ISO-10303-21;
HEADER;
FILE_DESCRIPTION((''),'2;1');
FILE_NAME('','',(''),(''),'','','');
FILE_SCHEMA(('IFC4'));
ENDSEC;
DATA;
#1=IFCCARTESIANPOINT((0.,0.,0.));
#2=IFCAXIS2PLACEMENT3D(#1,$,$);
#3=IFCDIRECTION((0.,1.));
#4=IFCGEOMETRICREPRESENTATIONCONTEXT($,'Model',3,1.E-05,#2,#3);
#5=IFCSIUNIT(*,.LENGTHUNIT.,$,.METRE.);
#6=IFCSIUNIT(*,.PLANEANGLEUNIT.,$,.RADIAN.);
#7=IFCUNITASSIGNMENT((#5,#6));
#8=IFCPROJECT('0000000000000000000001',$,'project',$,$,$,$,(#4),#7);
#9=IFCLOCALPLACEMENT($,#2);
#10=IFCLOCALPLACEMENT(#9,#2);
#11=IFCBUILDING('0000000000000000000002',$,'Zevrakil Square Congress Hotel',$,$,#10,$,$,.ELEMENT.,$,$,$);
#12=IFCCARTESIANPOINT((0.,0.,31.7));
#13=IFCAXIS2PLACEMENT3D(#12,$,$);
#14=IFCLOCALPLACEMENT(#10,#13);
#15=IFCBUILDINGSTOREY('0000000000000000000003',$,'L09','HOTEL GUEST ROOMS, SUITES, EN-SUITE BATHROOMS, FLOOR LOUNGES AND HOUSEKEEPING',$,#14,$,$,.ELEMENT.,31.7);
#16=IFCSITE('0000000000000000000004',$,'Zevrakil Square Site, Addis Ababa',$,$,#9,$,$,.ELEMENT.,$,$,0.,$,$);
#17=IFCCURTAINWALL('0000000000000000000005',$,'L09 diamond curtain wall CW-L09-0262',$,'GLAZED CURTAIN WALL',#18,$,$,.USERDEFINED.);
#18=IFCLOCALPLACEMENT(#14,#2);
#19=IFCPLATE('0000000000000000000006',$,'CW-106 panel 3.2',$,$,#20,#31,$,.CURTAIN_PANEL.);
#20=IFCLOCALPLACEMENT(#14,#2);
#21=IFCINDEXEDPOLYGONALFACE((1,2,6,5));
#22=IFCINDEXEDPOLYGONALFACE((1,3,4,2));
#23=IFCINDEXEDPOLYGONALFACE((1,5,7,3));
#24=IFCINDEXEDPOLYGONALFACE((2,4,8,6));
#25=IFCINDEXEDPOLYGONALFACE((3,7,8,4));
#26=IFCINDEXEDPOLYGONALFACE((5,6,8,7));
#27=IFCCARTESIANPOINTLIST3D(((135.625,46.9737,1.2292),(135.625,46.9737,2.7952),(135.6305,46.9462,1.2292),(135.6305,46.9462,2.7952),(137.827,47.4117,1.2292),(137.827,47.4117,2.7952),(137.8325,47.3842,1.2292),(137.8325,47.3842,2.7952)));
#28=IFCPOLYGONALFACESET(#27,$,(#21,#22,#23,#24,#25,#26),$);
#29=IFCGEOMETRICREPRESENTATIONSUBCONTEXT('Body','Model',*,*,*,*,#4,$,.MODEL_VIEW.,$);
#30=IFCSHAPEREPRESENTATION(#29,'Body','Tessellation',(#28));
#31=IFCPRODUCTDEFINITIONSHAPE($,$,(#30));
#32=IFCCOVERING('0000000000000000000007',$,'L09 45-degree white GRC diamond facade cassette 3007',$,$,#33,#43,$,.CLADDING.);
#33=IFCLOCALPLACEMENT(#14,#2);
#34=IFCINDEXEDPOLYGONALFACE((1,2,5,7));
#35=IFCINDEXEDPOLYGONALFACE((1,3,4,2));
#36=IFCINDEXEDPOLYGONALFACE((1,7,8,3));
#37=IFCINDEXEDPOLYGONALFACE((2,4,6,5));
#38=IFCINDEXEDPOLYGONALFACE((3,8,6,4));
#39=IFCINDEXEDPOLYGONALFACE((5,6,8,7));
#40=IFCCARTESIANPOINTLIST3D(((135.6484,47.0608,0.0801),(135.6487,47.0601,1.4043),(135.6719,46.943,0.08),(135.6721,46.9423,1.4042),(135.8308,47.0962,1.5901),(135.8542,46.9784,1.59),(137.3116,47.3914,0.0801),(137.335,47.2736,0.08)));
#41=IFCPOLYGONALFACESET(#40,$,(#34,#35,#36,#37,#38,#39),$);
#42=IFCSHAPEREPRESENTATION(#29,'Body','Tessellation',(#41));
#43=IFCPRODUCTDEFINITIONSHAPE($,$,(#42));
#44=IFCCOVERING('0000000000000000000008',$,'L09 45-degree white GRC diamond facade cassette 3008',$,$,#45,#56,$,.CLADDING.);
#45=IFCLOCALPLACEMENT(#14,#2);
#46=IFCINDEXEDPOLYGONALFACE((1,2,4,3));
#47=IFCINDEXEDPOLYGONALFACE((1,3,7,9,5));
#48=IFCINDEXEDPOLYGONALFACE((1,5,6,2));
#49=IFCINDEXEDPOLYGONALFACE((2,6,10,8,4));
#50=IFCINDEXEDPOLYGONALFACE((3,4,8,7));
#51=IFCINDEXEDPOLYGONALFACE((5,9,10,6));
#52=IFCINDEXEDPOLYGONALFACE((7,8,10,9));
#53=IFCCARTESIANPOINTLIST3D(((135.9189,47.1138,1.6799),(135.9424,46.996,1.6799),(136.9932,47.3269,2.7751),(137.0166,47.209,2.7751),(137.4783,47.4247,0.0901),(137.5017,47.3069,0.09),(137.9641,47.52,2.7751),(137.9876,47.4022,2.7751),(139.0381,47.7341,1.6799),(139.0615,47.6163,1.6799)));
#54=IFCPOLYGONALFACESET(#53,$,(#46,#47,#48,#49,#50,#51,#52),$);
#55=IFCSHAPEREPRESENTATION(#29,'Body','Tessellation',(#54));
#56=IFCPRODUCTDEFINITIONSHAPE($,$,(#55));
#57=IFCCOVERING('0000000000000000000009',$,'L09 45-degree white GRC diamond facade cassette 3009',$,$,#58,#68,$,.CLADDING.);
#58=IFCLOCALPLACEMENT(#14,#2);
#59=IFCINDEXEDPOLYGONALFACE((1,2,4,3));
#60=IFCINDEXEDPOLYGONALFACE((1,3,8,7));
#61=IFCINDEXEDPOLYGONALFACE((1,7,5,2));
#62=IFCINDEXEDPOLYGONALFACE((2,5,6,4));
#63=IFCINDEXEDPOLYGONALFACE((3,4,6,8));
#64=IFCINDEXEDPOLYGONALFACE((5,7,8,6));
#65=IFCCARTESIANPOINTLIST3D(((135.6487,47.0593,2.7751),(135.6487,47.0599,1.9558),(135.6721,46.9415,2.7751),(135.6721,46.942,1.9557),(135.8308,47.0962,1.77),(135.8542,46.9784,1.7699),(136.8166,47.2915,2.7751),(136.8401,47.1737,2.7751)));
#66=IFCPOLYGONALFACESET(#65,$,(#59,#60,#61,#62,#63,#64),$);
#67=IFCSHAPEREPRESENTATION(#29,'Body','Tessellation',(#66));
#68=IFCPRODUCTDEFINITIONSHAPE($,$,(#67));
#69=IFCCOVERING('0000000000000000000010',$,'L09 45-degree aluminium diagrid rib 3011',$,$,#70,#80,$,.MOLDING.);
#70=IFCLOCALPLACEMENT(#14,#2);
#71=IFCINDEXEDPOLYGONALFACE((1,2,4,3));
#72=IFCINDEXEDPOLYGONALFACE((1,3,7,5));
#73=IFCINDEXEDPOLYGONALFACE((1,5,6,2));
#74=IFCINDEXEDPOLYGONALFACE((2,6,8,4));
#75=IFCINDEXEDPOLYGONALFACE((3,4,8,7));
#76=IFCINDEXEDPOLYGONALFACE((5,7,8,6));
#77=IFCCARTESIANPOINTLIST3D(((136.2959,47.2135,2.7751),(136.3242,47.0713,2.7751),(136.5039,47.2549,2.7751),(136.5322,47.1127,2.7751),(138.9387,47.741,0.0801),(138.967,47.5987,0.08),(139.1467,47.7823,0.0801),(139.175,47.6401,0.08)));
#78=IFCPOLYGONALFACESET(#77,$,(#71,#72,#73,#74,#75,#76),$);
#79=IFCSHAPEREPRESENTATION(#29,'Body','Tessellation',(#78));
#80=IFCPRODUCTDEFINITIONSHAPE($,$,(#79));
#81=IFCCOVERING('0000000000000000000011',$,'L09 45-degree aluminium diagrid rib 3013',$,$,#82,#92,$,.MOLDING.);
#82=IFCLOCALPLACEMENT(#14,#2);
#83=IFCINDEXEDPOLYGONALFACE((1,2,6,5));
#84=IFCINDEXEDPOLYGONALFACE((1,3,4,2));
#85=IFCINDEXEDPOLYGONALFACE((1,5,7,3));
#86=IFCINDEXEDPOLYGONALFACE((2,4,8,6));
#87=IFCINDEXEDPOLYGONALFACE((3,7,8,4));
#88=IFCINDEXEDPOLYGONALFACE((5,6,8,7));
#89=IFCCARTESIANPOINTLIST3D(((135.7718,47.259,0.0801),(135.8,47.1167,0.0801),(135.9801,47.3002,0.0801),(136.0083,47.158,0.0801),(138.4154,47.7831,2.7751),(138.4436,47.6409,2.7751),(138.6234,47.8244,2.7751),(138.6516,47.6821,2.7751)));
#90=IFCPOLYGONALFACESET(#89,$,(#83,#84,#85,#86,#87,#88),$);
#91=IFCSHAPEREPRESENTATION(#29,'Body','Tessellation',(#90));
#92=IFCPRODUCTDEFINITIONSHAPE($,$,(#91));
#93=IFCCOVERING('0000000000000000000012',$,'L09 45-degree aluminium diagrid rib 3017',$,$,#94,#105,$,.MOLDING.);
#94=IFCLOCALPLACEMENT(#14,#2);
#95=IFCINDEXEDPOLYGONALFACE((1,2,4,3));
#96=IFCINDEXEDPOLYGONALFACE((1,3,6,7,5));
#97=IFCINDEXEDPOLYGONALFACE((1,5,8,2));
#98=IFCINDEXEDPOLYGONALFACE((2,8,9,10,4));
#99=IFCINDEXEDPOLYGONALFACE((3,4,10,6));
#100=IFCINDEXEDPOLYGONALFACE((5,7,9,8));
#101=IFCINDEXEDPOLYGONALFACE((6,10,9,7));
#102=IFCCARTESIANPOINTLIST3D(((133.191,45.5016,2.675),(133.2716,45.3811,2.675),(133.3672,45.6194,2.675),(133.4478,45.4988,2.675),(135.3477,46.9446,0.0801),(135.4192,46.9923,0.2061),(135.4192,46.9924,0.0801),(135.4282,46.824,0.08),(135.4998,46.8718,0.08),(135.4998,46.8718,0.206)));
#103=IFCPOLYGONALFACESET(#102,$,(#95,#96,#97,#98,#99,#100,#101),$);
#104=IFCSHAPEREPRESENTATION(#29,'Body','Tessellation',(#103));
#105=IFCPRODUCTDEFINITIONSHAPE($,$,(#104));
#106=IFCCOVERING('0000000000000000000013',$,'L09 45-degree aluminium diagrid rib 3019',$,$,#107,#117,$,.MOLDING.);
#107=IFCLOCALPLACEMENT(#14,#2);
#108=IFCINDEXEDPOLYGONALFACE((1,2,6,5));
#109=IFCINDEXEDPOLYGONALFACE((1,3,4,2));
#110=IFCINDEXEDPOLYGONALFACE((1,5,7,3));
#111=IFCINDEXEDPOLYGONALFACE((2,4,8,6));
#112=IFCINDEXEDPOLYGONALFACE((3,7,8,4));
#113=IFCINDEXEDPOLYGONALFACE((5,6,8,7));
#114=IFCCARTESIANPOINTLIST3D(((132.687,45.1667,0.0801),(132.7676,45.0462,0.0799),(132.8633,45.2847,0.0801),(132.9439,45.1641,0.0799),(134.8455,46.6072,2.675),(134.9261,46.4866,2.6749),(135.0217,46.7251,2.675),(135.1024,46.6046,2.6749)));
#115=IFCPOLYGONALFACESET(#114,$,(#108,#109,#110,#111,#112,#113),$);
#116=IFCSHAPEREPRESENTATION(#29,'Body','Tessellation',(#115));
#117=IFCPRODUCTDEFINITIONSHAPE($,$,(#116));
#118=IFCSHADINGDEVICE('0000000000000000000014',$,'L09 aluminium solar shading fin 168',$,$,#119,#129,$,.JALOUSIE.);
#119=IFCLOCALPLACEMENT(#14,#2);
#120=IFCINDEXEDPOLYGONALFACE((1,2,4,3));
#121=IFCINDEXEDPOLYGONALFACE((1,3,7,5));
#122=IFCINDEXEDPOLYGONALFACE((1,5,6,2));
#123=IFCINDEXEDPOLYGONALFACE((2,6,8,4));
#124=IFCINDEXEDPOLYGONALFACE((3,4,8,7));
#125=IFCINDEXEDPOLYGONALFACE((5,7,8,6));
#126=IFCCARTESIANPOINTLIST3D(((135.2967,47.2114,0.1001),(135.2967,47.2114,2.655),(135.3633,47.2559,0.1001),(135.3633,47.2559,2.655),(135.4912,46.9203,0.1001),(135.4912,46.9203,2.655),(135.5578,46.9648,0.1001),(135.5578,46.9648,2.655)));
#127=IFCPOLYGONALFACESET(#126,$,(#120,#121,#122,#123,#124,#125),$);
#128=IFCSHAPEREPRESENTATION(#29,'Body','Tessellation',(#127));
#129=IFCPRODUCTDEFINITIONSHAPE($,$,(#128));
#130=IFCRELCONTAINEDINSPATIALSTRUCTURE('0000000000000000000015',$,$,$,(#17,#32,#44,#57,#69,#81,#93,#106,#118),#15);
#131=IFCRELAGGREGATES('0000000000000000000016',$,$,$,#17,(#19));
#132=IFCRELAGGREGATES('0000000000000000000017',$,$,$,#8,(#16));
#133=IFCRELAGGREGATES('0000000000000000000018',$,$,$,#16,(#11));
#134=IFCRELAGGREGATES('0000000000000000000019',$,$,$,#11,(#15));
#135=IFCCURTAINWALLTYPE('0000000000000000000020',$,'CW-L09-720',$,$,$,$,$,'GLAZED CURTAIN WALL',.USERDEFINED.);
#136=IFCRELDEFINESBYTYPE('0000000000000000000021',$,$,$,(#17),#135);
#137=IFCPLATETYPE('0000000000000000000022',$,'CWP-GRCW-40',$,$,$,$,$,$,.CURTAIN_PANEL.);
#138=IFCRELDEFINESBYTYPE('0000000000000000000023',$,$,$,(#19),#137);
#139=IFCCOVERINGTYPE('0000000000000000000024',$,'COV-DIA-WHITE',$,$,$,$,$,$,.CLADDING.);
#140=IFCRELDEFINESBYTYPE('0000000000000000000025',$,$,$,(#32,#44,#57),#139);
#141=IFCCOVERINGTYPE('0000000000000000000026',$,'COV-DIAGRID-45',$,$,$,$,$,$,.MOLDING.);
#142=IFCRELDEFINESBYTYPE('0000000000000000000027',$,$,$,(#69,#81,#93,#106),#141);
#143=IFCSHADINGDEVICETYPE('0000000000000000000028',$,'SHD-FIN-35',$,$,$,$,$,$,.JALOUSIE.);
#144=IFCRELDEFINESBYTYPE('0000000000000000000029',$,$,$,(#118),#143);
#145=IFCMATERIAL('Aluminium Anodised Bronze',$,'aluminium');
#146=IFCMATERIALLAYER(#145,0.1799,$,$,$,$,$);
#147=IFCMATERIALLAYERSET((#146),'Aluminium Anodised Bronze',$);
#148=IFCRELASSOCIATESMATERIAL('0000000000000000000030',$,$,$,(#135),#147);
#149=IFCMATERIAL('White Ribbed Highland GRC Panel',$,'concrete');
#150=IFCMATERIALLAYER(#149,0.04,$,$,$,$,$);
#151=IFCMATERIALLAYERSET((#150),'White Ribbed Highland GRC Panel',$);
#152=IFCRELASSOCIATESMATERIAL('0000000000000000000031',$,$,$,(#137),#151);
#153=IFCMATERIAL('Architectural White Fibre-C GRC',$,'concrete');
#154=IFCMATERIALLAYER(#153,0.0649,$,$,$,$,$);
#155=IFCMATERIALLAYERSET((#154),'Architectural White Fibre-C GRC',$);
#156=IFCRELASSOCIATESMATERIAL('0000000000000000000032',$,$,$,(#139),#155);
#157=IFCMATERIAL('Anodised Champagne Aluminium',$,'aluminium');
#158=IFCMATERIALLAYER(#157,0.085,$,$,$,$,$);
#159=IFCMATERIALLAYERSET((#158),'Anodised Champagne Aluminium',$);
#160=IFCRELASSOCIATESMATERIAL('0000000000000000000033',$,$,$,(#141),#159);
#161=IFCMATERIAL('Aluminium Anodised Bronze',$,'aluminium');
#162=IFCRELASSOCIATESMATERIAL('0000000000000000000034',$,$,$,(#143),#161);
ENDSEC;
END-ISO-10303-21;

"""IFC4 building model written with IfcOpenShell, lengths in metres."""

from ifc_helpers import new_model, si_unit, direction, frame, origin, origin_2d, place, context, subcontext, project, spatial, polyline, rectangle, outline, extrude, material, layer, layer_set, type_object, element, aggregate, save


model = new_model("IFC4")

# Units and contexts
model_context = context("Model", 3, precision=1e-05, world=origin(), true_north=direction((0.0, 1.0)))
body_context = subcontext(model_context, "Body", "Model", "MODEL_VIEW")
ifc_project = project(units=[si_unit("LENGTHUNIT", "METRE"), si_unit("PLANEANGLEUNIT", "RADIAN")], contexts=[model_context])

# Site, building, storey
site_placement = place(None, origin())
site = spatial("IfcSite", under=ifc_project, at=site_placement, Name="Zevrakil Square Site, Addis Ababa", CompositionType="ELEMENT", RefElevation=0.0)
building_placement = place(site_placement, origin())
building = spatial("IfcBuilding", under=site, at=building_placement, Name="Zevrakil Square Congress Hotel", CompositionType="ELEMENT")
storey_placement = place(building_placement, frame((0.0, 0.0, 31.7)))
storey = spatial("IfcBuildingStorey", under=building, at=storey_placement, Name="L09", Description="HOTEL GUEST ROOMS, SUITES, EN-SUITE BATHROOMS, FLOOR LOUNGES AND HOUSEKEEPING", CompositionType="ELEMENT", Elevation=31.7)

# Curtain wall
ifc_material_1 = material(Name="Aluminium Anodised Bronze", Category="aluminium")
ifc_layer_1 = layer(ifc_material_1, 0.1799)
ifc_layer_set_1 = layer_set([ifc_layer_1], Name="Aluminium Anodised Bronze")
curtain_wall_type = type_object("IfcCurtainWallType", Name="CW-L09-720", ElementType="GLAZED CURTAIN WALL", PredefinedType="USERDEFINED", material=ifc_layer_set_1)
curtain_wall_1_placement = place(storey_placement, origin())
curtain_wall_1 = element("IfcCurtainWall", 1, at=curtain_wall_1_placement, inside=storey, type_object=curtain_wall_type, Name="L09 diamond curtain wall CW-L09-0262", ObjectType="GLAZED CURTAIN WALL", PredefinedType="USERDEFINED")

# Plate
ifc_material_2 = material(Name="White Ribbed Highland GRC Panel", Category="concrete")
ifc_layer_2 = layer(ifc_material_2, 0.04)
ifc_layer_set_2 = layer_set([ifc_layer_2], Name="White Ribbed Highland GRC Panel")
plate_type_1 = type_object("IfcPlateType", Name="CWP-GRCW-40", PredefinedType="CURTAIN_PANEL", material=ifc_layer_set_2)
plate_1_placement = place(storey_placement, frame((136.7288, 47.179, 1.2292), z_axis=(0.0, 0.0, 1.0), x_axis=(-0.980787, -0.195084, 0.0)))
plate_1 = element("IfcPlate", 2, at=plate_1_placement, type_object=plate_type_1, Name="CW-106 panel 3.2", PredefinedType="CURTAIN_PANEL", context=body_context, shape_type="SweptSolid", body=[
    extrude(rectangle(XDim=2.2451, YDim=0.0281, at=origin_2d()), origin(), (0.0, 0.0, 1.0), 1.5659),
])
aggregate(curtain_wall_1, [plate_1])

# Coverings
ifc_material_3 = material(Name="Architectural White Fibre-C GRC", Category="concrete")
ifc_layer_3 = layer(ifc_material_3, 0.0649)
ifc_layer_set_3 = layer_set([ifc_layer_3], Name="Architectural White Fibre-C GRC")
covering_type_1 = type_object("IfcCoveringType", Name="COV-DIA-WHITE", PredefinedType="CLADDING", material=ifc_layer_set_3)
covering_1_placement = place(storey_placement, frame((135.8308, 47.0962, 1.5901), z_axis=(-0.194972, 0.980809, 0.000554), x_axis=(-0.693314, -0.137422, -0.707412)))
element("IfcCovering", 3, at=covering_1_placement, inside=storey, type_object=covering_type_1, Name="L09 45-degree white GRC diamond facade cassette 3007", PredefinedType="CLADDING", context=body_context, shape_type="SweptSolid", body=[
    extrude(outline(polyline([(0.0, 0.0), (0.2626, 0.0), (1.1995, -0.9359), (0.001, -2.1354), (0.0, 0.0)])), origin(), (0.0, 0.0, -1.0), 0.1201),
])
covering_2_placement = place(storey_placement, frame((135.9189, 47.1138, 1.6799), z_axis=(-0.195068, 0.98079, 0.000511), x_axis=(0.693496, 0.138297, -0.707062)))
element("IfcCovering", 4, at=covering_2_placement, inside=storey, type_object=covering_type_1, Name="L09 45-degree white GRC diamond facade cassette 3008", PredefinedType="CLADDING", context=body_context, shape_type="SweptSolid", body=[
    extrude(outline(polyline([(0.0, 0.0), (2.2485, 0.0), (2.2489, -2.2486), (0.7001, -2.2488), (0.0001, -1.5488), (0.0, 0.0)])), origin(), (0.0, 0.0, -1.0), 0.1201),
])
covering_3_placement = place(storey_placement, frame((135.8308, 47.0962, 1.77), z_axis=(-0.195008, 0.980801, 0.000638), x_axis=(0.693576, 0.137441, 0.707151)))
element("IfcCovering", 5, at=covering_3_placement, inside=storey, type_object=covering_type_1, Name="L09 45-degree white GRC diamond facade cassette 3009", PredefinedType="CLADDING", context=body_context, shape_type="SweptSolid", body=[
    extrude(outline(polyline([(0.0, 0.0), (1.4214, 0.0), (0.5794, -0.8421), (0.0001, -0.2627), (0.0, 0.0)])), origin(), (0.0, 0.0, -1.0), 0.1201),
])
ifc_material_4 = material(Name="Anodised Champagne Aluminium", Category="aluminium")
ifc_layer_4 = layer(ifc_material_4, 0.085)
ifc_layer_set_4 = layer_set([ifc_layer_4], Name="Anodised Champagne Aluminium")
covering_type_2 = type_object("IfcCoveringType", Name="COV-DIAGRID-45", PredefinedType="MOLDING", material=ifc_layer_set_4)
covering_4_placement = place(storey_placement, frame((138.9387, 47.741, 0.0801), z_axis=(-0.19512, 0.980779, 0.000616), x_axis=(0.980779, 0.19512, 0.0)))
element("IfcCovering", 6, at=covering_4_placement, inside=storey, type_object=covering_type_2, Name="L09 45-degree aluminium diagrid rib 3011", PredefinedType="MOLDING", context=body_context, shape_type="SweptSolid", body=[
    extrude(outline(polyline([(0.0, 0.0), (0.2121, 0.0), (-2.4829, -2.6951), (-2.695, -2.6951), (0.0, 0.0)])), origin(), (0.0, 0.0, -1.0), 0.145),
])
covering_5_placement = place(storey_placement, frame((138.6516, 47.6821, 2.7751), z_axis=(0.194456, -0.980911, 0.000049), x_axis=(-0.980911, -0.194456, 0.0)))
element("IfcCovering", 7, at=covering_5_placement, inside=storey, type_object=covering_type_2, Name="L09 45-degree aluminium diagrid rib 3013", PredefinedType="MOLDING", context=body_context, shape_type="SweptSolid", body=[
    extrude(outline(polyline([(0.0, 0.0), (0.2121, 0.0), (2.9071, 2.6951), (2.6948, 2.6951), (0.0, 0.0)])), origin(), (0.0, 0.0, -1.0), 0.145),
])
covering_6_placement = place(storey_placement, frame((135.3477, 46.9446, 0.0801), z_axis=(-0.555645, 0.83142, 0.000521), x_axis=(0.83142, 0.555645, 0.0)))
element("IfcCovering", 8, at=covering_6_placement, inside=storey, type_object=covering_type_2, Name="L09 45-degree aluminium diagrid rib 3017", PredefinedType="MOLDING", context=body_context, shape_type="SweptSolid", body=[
    extrude(outline(polyline([(0.0, 0.0), (0.0861, 0.0), (0.0861, -0.126), (-2.3829, -2.595), (-2.5949, -2.595), (0.0, 0.0)])), origin(), (0.0, 0.0, -1.0), 0.145),
])
covering_7_placement = place(storey_placement, frame((135.0217, 46.7251, 2.675), z_axis=(-0.556027, 0.831163, 0.001127), x_axis=(-0.831164, -0.556028, 0.0)))
element("IfcCovering", 9, at=covering_7_placement, inside=storey, type_object=covering_type_2, Name="L09 45-degree aluminium diagrid rib 3019", PredefinedType="MOLDING", context=body_context, shape_type="SweptSolid", body=[
    extrude(outline(polyline([(0.0, 0.0), (0.2121, 0.0), (2.807, -2.595), (2.5949, -2.595), (0.0, 0.0)])), origin(), (0.0, 0.0, -1.0), 0.145),
])

# Shading device
ifc_material_5 = material(Name="Aluminium Anodised Bronze", Category="aluminium")
shading_device_type = type_object("IfcShadingDeviceType", Name="SHD-FIN-35", PredefinedType="JALOUSIE", material=ifc_material_5)
shading_device_placement = place(storey_placement, frame((135.4272, 47.0881, 0.1001), z_axis=(0.0, 0.0, 1.0), x_axis=(-0.55557, 0.83147, 0.0)))
element("IfcShadingDevice", 10, at=shading_device_placement, inside=storey, type_object=shading_device_type, Name="L09 aluminium solar shading fin 168", PredefinedType="JALOUSIE", context=body_context, shape_type="SweptSolid", body=[
    extrude(rectangle(XDim=0.3501, YDim=0.0801, at=origin_2d()), origin(), (0.0, 0.0, 1.0), 2.5549),
])

save(model, "model.ifc")
